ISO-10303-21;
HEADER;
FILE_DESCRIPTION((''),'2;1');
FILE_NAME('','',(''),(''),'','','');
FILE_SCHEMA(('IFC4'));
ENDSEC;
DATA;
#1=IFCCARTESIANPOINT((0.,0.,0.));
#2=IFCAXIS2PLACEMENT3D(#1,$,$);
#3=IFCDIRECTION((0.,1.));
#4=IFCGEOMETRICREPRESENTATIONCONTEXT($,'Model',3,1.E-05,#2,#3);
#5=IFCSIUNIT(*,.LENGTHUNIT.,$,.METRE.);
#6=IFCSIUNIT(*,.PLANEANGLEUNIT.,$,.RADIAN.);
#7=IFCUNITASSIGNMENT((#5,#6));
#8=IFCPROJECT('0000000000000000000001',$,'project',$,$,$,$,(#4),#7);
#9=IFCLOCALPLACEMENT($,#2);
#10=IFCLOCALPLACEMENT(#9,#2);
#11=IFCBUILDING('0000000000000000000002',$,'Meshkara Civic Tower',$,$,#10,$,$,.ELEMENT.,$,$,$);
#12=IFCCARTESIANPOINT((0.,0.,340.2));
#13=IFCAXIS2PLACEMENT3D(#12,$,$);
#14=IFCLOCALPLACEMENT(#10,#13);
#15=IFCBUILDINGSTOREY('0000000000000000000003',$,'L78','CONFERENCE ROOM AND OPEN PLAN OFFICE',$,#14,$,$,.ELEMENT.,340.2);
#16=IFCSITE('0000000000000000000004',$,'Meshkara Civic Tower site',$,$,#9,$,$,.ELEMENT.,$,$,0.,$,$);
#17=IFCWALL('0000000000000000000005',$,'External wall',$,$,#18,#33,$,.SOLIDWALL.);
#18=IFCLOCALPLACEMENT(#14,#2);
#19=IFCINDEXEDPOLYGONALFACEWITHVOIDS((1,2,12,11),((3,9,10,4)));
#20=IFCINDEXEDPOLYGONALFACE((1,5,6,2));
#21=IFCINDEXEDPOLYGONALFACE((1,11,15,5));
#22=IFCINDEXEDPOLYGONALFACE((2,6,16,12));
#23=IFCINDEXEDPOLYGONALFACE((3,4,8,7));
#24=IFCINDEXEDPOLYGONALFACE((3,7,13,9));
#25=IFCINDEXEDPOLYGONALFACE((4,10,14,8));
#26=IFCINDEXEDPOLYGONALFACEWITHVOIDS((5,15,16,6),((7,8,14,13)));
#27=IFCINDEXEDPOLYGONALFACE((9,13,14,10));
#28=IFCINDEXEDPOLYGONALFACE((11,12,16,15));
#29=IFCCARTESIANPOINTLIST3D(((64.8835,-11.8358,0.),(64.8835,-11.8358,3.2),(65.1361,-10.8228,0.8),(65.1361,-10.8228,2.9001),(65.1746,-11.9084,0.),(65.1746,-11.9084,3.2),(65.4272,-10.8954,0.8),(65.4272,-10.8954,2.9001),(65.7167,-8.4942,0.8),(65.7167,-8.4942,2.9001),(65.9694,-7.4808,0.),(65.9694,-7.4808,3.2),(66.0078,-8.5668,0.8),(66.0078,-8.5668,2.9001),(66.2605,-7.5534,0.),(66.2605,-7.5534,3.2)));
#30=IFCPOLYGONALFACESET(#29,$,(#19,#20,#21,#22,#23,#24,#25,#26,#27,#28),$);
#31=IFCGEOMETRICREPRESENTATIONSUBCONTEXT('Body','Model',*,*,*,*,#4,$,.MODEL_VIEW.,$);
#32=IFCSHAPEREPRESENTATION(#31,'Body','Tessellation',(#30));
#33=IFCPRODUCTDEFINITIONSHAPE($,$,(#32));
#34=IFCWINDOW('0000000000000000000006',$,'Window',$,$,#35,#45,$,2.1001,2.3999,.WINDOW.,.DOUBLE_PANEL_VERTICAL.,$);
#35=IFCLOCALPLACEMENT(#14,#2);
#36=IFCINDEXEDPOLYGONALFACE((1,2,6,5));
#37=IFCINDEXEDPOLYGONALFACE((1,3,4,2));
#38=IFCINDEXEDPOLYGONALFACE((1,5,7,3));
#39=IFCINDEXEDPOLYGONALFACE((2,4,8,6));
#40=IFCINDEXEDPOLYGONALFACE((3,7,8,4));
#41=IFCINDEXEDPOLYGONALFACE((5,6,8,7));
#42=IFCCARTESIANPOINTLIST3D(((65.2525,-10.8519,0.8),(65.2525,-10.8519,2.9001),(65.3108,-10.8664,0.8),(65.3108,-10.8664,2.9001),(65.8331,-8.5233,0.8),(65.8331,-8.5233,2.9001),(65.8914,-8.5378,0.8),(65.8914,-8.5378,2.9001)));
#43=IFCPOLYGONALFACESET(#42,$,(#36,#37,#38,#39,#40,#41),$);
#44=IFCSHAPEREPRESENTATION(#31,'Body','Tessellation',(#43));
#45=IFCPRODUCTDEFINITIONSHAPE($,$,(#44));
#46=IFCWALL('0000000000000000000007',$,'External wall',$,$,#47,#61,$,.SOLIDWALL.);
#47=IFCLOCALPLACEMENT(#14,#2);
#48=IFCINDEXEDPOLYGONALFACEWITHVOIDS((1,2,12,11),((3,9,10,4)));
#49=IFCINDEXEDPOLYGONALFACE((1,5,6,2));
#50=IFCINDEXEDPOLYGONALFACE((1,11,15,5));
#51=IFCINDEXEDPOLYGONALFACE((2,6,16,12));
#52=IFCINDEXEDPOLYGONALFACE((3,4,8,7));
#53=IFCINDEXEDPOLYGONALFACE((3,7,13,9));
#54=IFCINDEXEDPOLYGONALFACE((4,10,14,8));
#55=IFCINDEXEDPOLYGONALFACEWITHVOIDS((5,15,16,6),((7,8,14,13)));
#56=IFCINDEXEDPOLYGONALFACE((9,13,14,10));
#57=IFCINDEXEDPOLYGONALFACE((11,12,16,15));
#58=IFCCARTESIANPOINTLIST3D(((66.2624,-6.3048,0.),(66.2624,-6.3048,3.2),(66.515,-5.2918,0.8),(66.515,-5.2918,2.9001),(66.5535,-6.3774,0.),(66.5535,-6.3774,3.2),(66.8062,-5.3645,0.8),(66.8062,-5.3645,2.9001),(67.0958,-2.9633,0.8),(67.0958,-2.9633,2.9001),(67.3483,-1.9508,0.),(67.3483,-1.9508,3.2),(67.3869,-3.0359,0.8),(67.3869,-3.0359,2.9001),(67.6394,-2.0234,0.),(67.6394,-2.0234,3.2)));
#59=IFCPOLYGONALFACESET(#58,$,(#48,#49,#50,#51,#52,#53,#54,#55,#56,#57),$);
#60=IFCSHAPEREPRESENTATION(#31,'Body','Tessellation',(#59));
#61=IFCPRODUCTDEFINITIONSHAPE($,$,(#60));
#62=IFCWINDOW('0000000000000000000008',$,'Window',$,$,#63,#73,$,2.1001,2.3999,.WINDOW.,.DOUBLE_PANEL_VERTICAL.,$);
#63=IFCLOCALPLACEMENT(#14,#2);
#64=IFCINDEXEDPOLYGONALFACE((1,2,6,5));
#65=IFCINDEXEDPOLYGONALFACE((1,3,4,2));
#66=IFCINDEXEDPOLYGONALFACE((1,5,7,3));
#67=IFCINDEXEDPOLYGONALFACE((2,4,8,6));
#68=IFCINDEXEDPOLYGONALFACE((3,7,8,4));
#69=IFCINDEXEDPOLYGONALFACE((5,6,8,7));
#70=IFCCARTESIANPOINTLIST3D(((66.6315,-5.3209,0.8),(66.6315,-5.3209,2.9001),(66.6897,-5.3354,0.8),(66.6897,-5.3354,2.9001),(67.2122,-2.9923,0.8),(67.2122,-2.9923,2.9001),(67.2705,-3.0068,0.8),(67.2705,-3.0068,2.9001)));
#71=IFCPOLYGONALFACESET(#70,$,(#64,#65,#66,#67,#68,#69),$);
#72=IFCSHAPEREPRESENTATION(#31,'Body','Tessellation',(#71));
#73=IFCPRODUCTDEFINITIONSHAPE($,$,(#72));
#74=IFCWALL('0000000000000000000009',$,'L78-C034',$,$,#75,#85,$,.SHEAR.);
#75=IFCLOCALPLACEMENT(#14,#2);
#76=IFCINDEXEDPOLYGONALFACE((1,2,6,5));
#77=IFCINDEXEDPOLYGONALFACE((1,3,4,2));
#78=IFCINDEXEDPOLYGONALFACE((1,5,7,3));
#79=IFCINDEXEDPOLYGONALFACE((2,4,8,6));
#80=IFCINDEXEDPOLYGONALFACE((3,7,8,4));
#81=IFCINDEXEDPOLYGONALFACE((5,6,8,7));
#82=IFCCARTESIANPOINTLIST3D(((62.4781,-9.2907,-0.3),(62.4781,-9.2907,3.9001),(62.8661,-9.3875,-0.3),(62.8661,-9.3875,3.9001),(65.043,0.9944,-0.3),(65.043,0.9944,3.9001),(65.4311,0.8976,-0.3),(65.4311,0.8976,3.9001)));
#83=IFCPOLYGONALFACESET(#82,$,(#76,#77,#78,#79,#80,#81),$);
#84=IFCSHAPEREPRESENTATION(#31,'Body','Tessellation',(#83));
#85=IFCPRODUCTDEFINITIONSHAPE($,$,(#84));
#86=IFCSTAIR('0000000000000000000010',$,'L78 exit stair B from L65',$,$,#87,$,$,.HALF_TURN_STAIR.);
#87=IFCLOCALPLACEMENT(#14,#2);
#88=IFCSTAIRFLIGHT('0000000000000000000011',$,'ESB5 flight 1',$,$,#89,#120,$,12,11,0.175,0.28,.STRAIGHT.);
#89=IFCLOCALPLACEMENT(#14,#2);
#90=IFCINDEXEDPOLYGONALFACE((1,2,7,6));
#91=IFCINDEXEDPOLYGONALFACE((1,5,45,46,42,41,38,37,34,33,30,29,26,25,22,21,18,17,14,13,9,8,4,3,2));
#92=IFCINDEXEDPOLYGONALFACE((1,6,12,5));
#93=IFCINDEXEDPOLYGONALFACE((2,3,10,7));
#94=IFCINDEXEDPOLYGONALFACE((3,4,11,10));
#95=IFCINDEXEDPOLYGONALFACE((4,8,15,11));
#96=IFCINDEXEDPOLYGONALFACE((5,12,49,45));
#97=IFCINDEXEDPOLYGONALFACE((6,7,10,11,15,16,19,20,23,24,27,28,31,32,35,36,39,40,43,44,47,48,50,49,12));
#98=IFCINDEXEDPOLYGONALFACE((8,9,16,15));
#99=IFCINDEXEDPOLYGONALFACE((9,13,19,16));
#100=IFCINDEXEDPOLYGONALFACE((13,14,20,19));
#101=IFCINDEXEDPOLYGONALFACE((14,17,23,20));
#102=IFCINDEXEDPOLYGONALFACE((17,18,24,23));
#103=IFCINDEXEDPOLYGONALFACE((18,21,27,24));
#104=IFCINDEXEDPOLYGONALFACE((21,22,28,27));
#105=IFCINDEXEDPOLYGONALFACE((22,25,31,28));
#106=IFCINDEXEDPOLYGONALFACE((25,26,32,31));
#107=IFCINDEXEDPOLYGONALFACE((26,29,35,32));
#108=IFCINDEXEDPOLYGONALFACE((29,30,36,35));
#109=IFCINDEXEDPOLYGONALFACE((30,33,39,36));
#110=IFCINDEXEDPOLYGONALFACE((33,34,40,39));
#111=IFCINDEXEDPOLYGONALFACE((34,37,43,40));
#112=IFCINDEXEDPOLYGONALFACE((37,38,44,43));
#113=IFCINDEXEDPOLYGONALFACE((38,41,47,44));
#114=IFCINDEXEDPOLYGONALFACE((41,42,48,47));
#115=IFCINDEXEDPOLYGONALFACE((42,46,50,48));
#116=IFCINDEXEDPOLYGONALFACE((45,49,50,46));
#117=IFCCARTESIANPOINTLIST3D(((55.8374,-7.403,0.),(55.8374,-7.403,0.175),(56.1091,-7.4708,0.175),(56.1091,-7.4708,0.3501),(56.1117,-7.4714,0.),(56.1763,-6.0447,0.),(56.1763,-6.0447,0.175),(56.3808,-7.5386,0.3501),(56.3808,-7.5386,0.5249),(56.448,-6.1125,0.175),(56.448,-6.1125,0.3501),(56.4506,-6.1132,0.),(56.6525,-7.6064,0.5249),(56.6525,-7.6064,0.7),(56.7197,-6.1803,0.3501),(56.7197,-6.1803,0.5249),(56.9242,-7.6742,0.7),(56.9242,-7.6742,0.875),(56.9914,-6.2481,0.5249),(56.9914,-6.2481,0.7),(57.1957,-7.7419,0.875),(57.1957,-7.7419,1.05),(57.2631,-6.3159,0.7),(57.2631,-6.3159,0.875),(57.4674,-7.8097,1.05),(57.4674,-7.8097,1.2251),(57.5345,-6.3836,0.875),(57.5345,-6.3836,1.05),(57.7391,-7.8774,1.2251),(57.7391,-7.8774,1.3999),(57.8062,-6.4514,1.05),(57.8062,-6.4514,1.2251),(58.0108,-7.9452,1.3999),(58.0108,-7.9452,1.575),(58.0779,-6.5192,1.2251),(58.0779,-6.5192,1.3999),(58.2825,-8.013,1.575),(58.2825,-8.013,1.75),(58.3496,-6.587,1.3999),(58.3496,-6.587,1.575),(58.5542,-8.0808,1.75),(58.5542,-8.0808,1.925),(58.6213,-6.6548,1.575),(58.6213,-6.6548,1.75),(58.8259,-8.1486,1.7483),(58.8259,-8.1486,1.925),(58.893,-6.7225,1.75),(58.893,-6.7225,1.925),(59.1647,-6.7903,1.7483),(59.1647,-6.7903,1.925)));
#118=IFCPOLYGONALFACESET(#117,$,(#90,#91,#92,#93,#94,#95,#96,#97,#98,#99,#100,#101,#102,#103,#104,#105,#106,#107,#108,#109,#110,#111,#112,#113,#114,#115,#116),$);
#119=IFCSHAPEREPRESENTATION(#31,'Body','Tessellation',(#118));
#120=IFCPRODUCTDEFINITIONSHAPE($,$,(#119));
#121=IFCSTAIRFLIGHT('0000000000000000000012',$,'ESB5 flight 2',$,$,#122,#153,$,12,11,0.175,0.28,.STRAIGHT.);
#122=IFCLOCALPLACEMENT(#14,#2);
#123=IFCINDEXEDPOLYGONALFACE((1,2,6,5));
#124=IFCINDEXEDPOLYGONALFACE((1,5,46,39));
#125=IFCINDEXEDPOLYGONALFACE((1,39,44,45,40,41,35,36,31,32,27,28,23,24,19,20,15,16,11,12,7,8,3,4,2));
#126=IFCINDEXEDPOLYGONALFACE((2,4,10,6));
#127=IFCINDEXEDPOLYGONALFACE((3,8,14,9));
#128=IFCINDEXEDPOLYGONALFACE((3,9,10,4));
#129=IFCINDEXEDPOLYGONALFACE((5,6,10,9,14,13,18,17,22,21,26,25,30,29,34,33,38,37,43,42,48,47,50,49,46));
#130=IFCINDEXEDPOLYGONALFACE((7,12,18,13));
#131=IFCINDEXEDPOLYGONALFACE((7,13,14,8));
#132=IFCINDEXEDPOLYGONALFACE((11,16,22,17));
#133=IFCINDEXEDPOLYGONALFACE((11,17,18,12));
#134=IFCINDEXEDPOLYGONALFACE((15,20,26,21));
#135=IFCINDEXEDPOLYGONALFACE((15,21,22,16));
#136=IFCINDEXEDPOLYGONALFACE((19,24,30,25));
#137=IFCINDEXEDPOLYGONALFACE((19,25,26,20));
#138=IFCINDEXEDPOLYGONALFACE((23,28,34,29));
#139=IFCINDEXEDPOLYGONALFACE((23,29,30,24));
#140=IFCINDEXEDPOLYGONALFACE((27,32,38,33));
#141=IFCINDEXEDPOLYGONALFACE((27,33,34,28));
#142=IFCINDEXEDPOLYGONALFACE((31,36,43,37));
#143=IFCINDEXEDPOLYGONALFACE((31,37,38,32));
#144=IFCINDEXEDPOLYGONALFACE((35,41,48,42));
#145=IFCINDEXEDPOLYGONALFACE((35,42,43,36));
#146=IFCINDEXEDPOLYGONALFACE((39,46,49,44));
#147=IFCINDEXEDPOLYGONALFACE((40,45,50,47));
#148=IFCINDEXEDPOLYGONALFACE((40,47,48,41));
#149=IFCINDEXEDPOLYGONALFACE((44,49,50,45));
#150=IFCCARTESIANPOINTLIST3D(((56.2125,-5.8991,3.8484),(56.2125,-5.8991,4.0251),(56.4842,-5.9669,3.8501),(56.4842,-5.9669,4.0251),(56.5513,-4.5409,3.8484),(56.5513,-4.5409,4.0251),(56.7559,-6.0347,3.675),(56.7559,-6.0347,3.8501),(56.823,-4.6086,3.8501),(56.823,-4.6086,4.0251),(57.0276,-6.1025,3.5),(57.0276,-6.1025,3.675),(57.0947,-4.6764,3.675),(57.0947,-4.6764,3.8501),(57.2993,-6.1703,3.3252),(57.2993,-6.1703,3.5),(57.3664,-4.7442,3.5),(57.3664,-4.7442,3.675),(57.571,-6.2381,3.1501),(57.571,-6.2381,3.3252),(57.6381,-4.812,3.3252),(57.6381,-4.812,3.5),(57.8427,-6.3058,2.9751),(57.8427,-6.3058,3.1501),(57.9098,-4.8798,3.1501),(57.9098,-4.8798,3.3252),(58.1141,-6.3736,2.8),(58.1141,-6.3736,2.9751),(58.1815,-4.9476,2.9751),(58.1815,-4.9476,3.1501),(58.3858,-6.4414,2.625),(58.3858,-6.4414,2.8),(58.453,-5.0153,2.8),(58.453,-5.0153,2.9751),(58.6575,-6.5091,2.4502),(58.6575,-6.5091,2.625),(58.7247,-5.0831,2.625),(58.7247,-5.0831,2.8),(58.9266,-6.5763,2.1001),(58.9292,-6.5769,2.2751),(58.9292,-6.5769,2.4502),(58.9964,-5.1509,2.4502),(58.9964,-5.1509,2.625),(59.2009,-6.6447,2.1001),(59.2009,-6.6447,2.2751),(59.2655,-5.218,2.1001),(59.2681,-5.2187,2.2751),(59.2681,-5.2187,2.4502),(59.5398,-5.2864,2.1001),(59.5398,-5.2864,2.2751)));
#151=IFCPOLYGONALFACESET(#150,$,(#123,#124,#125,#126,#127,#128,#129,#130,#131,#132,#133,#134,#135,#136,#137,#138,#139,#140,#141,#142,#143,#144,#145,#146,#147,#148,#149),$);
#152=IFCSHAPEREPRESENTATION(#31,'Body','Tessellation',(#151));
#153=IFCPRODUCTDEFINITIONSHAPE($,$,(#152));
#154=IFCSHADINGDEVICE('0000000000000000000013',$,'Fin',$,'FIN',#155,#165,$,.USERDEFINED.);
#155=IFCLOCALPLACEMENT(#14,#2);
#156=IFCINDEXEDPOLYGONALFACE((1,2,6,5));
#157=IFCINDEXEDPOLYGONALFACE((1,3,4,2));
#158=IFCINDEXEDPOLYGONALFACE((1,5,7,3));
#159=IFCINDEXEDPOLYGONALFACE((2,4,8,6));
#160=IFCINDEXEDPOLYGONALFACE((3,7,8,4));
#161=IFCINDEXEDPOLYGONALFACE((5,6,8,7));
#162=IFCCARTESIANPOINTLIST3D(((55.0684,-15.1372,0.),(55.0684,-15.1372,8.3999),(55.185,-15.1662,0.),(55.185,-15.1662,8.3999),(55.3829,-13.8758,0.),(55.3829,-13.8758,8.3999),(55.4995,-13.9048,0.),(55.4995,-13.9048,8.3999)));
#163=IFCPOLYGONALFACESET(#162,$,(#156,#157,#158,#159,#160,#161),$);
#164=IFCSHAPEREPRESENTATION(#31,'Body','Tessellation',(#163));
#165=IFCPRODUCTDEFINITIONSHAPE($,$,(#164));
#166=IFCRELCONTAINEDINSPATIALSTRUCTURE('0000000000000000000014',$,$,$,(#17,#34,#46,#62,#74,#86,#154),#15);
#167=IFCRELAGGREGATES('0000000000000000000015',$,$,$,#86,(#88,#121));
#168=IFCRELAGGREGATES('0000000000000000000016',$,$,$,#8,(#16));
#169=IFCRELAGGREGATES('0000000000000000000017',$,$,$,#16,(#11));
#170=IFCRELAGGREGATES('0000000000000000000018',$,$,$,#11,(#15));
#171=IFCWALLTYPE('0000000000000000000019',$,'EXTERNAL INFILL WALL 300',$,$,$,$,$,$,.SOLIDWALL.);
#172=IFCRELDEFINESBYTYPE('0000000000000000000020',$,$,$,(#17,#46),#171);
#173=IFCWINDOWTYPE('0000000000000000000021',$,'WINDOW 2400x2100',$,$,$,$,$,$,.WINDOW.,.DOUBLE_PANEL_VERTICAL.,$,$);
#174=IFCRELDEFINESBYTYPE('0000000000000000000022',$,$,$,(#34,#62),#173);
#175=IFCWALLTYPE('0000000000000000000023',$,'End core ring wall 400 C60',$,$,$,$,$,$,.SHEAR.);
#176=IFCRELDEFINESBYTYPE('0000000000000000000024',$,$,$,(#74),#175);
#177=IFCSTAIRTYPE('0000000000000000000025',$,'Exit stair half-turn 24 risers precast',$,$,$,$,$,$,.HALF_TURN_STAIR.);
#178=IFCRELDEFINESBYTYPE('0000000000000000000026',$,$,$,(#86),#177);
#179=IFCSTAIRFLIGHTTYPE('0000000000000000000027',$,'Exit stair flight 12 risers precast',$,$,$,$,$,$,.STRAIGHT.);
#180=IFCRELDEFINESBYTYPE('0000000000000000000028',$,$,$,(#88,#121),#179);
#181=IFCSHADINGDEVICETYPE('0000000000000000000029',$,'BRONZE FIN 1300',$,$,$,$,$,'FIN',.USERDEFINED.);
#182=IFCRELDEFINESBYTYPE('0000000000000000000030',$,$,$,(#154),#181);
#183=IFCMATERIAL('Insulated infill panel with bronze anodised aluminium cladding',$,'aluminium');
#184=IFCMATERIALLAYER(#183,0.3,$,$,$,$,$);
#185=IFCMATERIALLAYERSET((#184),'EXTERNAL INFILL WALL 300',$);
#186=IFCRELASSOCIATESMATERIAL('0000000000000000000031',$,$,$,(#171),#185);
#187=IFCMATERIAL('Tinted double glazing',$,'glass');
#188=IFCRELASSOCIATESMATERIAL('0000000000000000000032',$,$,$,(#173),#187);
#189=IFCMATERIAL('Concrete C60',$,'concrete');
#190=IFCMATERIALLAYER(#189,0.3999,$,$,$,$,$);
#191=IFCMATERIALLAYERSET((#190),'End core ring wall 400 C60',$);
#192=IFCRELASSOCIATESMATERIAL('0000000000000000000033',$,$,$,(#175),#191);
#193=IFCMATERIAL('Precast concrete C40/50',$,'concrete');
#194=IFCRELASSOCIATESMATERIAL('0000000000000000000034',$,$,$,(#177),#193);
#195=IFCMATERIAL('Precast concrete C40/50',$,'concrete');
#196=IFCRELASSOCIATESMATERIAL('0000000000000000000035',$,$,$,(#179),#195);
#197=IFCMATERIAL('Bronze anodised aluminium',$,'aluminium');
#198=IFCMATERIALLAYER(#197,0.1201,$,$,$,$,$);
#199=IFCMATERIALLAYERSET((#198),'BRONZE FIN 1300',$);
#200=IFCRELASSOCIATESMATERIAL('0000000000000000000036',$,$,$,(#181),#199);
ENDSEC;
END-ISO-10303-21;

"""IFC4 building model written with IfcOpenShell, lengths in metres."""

from ifc_helpers import new_model, si_unit, direction, frame, frame_2d, origin, origin_2d, place, context, subcontext, project, spatial, polyline, rectangle, outline, extrude, material, layer, layer_set, type_object, element, fill, aggregate, save


model = new_model("IFC4")

# Units and contexts
model_context = context("Model", 3, precision=1e-05, world=origin(), true_north=direction((0.0, 1.0)))
body_context = subcontext(model_context, "Body", "Model", "MODEL_VIEW")
ifc_project = project(units=[si_unit("LENGTHUNIT", "METRE"), si_unit("PLANEANGLEUNIT", "RADIAN")], contexts=[model_context])

# Site, building, storey
site_placement = place(None, origin())
site = spatial("IfcSite", under=ifc_project, at=site_placement, Name="Meshkara Civic Tower site", CompositionType="ELEMENT", RefElevation=0.0)
building_placement = place(site_placement, origin())
building = spatial("IfcBuilding", under=site, at=building_placement, Name="Meshkara Civic Tower", CompositionType="ELEMENT")
storey_placement = place(building_placement, frame((0.0, 0.0, 340.2)))
storey = spatial("IfcBuildingStorey", under=building, at=storey_placement, Name="L78", Description="CONFERENCE ROOM AND OPEN PLAN OFFICE", CompositionType="ELEMENT", Elevation=340.2)

# Walls, openings, windows
ifc_material_1 = material(Name="Insulated infill panel with bronze anodised aluminium cladding", Category="aluminium")
ifc_layer_1 = layer(ifc_material_1, 0.3)
ifc_layer_set_1 = layer_set([ifc_layer_1], Name="EXTERNAL INFILL WALL 300")
wall_type_1 = type_object("IfcWallType", Name="EXTERNAL INFILL WALL 300", PredefinedType="SOLIDWALL", material=ifc_layer_set_1)
ifc_material_2 = material(Name="Tinted double glazing", Category="glass")
window_type = type_object("IfcWindowType", Name="WINDOW 2400x2100", PartitioningType="DOUBLE_PANEL_VERTICAL", PredefinedType="WINDOW", material=ifc_material_2)
wall_1_placement = place(storey_placement, frame((65.0291, -11.8721, 0.0), z_axis=(0.0, 0.0, 1.0), x_axis=(0.241947, 0.97029, 0.0)))
wall_1 = element("IfcWall", 1, at=wall_1_placement, inside=storey, type_object=wall_type_1, Name="External wall", PredefinedType="SOLIDWALL", context=body_context, shape_type="SweptSolid", body=[
    extrude(rectangle(XDim=4.4883, YDim=0.3, at=frame_2d((2.2441, 0.0))), origin(), (0.0, 0.0, 1.0), 3.2),
])
opening_1_placement = place(wall_1_placement, frame((1.0439, 0.0, 0.8)))
opening_1 = element("IfcOpeningElement", 2, at=opening_1_placement, cuts=wall_1, PredefinedType="OPENING", context=body_context, shape_type="SweptSolid", body=[
    extrude(rectangle(XDim=2.3999, YDim=2.1001, at=frame_2d((1.2, 1.05))), frame((0.0, 0.1599, 0.0), z_axis=(0.0, -1.0, 0.0), x_axis=(1.0, 0.0, 0.0)), (0.0, 0.0, 1.0), 0.3201),
])
window_1_placement = place(opening_1_placement, origin())
window_1 = element("IfcWindow", 3, at=window_1_placement, inside=storey, type_object=window_type, Name="Window", OverallHeight=2.1001, OverallWidth=2.3999, PartitioningType="DOUBLE_PANEL_VERTICAL", PredefinedType="WINDOW", context=body_context, shape_type="SweptSolid", body=[
    extrude(rectangle(XDim=2.3999, YDim=2.1001, at=frame_2d((1.2, 1.05))), frame((0.0, 0.03, 0.0), z_axis=(0.0, -1.0, 0.0), x_axis=(1.0, 0.0, 0.0)), (0.0, 0.0, 1.0), 0.0601),
])
fill(opening_1, window_1)
wall_2_placement = place(storey_placement, frame((66.408, -6.3411, 0.0), z_axis=(0.0, 0.0, 1.0), x_axis=(0.241998, 0.970277, 0.0)))
wall_2 = element("IfcWall", 4, at=wall_2_placement, inside=storey, type_object=wall_type_1, Name="External wall", PredefinedType="SOLIDWALL", context=body_context, shape_type="SweptSolid", body=[
    extrude(rectangle(XDim=4.4873, YDim=0.3, at=frame_2d((2.2437, 0.0))), origin(), (0.0, 0.0, 1.0), 3.2),
])
opening_2_placement = place(wall_2_placement, frame((1.0439, 0.0, 0.8)))
opening_2 = element("IfcOpeningElement", 5, at=opening_2_placement, cuts=wall_2, PredefinedType="OPENING", context=body_context, shape_type="SweptSolid", body=[
    extrude(rectangle(XDim=2.3999, YDim=2.1001, at=frame_2d((1.2, 1.05))), frame((0.0, 0.1599, 0.0), z_axis=(0.0, -1.0, 0.0), x_axis=(1.0, 0.0, 0.0)), (0.0, 0.0, 1.0), 0.3201),
])
window_2_placement = place(opening_2_placement, origin())
window_2 = element("IfcWindow", 6, at=window_2_placement, inside=storey, type_object=window_type, Name="Window", OverallHeight=2.1001, OverallWidth=2.3999, PartitioningType="DOUBLE_PANEL_VERTICAL", PredefinedType="WINDOW", context=body_context, shape_type="SweptSolid", body=[
    extrude(rectangle(XDim=2.3999, YDim=2.1001, at=frame_2d((1.2, 1.05))), frame((0.0, 0.03, 0.0), z_axis=(0.0, -1.0, 0.0), x_axis=(1.0, 0.0, 0.0)), (0.0, 0.0, 1.0), 0.0601),
])
fill(opening_2, window_2)

# Wall
ifc_material_3 = material(Name="Concrete C60", Category="concrete")
ifc_layer_2 = layer(ifc_material_3, 0.3999)
ifc_layer_set_2 = layer_set([ifc_layer_2], Name="End core ring wall 400 C60")
wall_type_2 = type_object("IfcWallType", Name="End core ring wall 400 C60", PredefinedType="SHEAR", material=ifc_layer_set_2)
wall_3_placement = place(storey_placement, frame((62.6721, -9.3391, -0.3), z_axis=(0.0, 0.0, 1.0), x_axis=(0.241972, 0.970283, 0.0)))
element("IfcWall", 7, at=wall_3_placement, inside=storey, type_object=wall_type_2, Name="L78-C034", PredefinedType="SHEAR", context=body_context, shape_type="SweptSolid", body=[
    extrude(rectangle(XDim=10.6001, YDim=0.3999, at=frame_2d((5.3, 0.0))), origin(), (0.0, 0.0, 1.0), 4.2002),
])

# Stair, stair flights
ifc_material_4 = material(Name="Precast concrete C40/50", Category="concrete")
stair_type = type_object("IfcStairType", Name="Exit stair half-turn 24 risers precast", PredefinedType="HALF_TURN_STAIR", material=ifc_material_4)
stair_placement = place(storey_placement, origin())
stair = element("IfcStair", 8, at=stair_placement, inside=storey, type_object=stair_type, Name="L78 exit stair B from L65", PredefinedType="HALF_TURN_STAIR")
ifc_material_5 = material(Name="Precast concrete C40/50", Category="concrete")
stair_flight_type = type_object("IfcStairFlightType", Name="Exit stair flight 12 risers precast", PredefinedType="STRAIGHT", material=ifc_material_5)
stair_flight_1_placement = place(storey_placement, frame((56.0068, -6.7239, 0.0), z_axis=(0.0, 0.0, 1.0), x_axis=(0.97026, -0.242065, 0.0)))
stair_flight_1 = element("IfcStairFlight", 9, at=stair_flight_1_placement, type_object=stair_flight_type, Name="ESB5 flight 1", NumberOfRisers=12, NumberOfTreads=11, PredefinedType="STRAIGHT", RiserHeight=0.175, TreadLength=0.28, context=body_context, shape_type="SweptSolid", body=[
    extrude(outline(polyline([(0.0, 0.0), (0.0, 0.175), (0.28, 0.175), (0.28, 0.3501), (0.5601, 0.3501), (0.5601, 0.5249), (0.8401, 0.5249), (0.8401, 0.7), (1.1201, 0.7), (1.1201, 0.875), (1.3999, 0.875), (1.3999, 1.05), (1.6799, 1.05), (1.6799, 1.2251), (1.96, 1.2251), (1.96, 1.3999), (2.24, 1.3999), (2.24, 1.575), (2.52, 1.575), (2.52, 1.75), (2.8, 1.75), (2.8, 1.925), (3.0801, 1.925), (3.0801, 2.1001), (3.0801, 1.7483), (0.2827, 0.0), (0.0, 0.0)])), frame((0.0, 0.7, 0.0), z_axis=(0.0, -1.0, 0.0), x_axis=(1.0, 0.0, 0.0)), (0.0, 0.0, 1.0), 1.3999),
])
stair_flight_2_placement = place(storey_placement, frame((59.3704, -5.9656, 2.1001), z_axis=(0.0, 0.0, 1.0), x_axis=(-0.97026, 0.242065, 0.0)))
stair_flight_2 = element("IfcStairFlight", 10, at=stair_flight_2_placement, type_object=stair_flight_type, Name="ESB5 flight 2", NumberOfRisers=12, NumberOfTreads=11, PredefinedType="STRAIGHT", RiserHeight=0.175, TreadLength=0.28, context=body_context, shape_type="SweptSolid", body=[
    extrude(outline(polyline([(0.0, 0.0), (0.0, 0.175), (0.28, 0.175), (0.28, 0.3501), (0.5601, 0.3501), (0.5601, 0.5249), (0.8401, 0.5249), (0.8401, 0.7), (1.1201, 0.7), (1.1201, 0.875), (1.3999, 0.875), (1.3999, 1.05), (1.6799, 1.05), (1.6799, 1.2251), (1.96, 1.2251), (1.96, 1.3999), (2.24, 1.3999), (2.24, 1.575), (2.52, 1.575), (2.52, 1.75), (2.8, 1.75), (2.8, 1.925), (3.0801, 1.925), (3.0801, 2.1001), (3.0801, 1.7483), (0.2827, 0.0), (0.0, 0.0)])), frame((0.0, 0.7, 0.0), z_axis=(0.0, -1.0, 0.0), x_axis=(1.0, 0.0, 0.0)), (0.0, 0.0, 1.0), 1.3999),
])
aggregate(stair, [stair_flight_1, stair_flight_2])

# Shading device
ifc_material_6 = material(Name="Bronze anodised aluminium", Category="aluminium")
ifc_layer_3 = layer(ifc_material_6, 0.1201)
ifc_layer_set_3 = layer_set([ifc_layer_3], Name="BRONZE FIN 1300")
shading_device_type_1 = type_object("IfcShadingDeviceType", Name="BRONZE FIN 1300", ElementType="FIN", PredefinedType="USERDEFINED", material=ifc_layer_set_3)
shading_device_placement = place(storey_placement, frame((55.2839, -14.521, 0.0), z_axis=(0.0, 0.0, 1.0), x_axis=(0.970296, -0.241922, 0.0)))
element("IfcShadingDevice", 11, at=shading_device_placement, inside=storey, type_object=shading_device_type_1, Name="Fin", ObjectType="FIN", PredefinedType="USERDEFINED", context=body_context, shape_type="SweptSolid", body=[
    extrude(rectangle(XDim=0.1201, YDim=1.3, at=origin_2d()), origin(), (0.0, 0.0, 1.0), 8.3999),
])

save(model, "model.ifc")
